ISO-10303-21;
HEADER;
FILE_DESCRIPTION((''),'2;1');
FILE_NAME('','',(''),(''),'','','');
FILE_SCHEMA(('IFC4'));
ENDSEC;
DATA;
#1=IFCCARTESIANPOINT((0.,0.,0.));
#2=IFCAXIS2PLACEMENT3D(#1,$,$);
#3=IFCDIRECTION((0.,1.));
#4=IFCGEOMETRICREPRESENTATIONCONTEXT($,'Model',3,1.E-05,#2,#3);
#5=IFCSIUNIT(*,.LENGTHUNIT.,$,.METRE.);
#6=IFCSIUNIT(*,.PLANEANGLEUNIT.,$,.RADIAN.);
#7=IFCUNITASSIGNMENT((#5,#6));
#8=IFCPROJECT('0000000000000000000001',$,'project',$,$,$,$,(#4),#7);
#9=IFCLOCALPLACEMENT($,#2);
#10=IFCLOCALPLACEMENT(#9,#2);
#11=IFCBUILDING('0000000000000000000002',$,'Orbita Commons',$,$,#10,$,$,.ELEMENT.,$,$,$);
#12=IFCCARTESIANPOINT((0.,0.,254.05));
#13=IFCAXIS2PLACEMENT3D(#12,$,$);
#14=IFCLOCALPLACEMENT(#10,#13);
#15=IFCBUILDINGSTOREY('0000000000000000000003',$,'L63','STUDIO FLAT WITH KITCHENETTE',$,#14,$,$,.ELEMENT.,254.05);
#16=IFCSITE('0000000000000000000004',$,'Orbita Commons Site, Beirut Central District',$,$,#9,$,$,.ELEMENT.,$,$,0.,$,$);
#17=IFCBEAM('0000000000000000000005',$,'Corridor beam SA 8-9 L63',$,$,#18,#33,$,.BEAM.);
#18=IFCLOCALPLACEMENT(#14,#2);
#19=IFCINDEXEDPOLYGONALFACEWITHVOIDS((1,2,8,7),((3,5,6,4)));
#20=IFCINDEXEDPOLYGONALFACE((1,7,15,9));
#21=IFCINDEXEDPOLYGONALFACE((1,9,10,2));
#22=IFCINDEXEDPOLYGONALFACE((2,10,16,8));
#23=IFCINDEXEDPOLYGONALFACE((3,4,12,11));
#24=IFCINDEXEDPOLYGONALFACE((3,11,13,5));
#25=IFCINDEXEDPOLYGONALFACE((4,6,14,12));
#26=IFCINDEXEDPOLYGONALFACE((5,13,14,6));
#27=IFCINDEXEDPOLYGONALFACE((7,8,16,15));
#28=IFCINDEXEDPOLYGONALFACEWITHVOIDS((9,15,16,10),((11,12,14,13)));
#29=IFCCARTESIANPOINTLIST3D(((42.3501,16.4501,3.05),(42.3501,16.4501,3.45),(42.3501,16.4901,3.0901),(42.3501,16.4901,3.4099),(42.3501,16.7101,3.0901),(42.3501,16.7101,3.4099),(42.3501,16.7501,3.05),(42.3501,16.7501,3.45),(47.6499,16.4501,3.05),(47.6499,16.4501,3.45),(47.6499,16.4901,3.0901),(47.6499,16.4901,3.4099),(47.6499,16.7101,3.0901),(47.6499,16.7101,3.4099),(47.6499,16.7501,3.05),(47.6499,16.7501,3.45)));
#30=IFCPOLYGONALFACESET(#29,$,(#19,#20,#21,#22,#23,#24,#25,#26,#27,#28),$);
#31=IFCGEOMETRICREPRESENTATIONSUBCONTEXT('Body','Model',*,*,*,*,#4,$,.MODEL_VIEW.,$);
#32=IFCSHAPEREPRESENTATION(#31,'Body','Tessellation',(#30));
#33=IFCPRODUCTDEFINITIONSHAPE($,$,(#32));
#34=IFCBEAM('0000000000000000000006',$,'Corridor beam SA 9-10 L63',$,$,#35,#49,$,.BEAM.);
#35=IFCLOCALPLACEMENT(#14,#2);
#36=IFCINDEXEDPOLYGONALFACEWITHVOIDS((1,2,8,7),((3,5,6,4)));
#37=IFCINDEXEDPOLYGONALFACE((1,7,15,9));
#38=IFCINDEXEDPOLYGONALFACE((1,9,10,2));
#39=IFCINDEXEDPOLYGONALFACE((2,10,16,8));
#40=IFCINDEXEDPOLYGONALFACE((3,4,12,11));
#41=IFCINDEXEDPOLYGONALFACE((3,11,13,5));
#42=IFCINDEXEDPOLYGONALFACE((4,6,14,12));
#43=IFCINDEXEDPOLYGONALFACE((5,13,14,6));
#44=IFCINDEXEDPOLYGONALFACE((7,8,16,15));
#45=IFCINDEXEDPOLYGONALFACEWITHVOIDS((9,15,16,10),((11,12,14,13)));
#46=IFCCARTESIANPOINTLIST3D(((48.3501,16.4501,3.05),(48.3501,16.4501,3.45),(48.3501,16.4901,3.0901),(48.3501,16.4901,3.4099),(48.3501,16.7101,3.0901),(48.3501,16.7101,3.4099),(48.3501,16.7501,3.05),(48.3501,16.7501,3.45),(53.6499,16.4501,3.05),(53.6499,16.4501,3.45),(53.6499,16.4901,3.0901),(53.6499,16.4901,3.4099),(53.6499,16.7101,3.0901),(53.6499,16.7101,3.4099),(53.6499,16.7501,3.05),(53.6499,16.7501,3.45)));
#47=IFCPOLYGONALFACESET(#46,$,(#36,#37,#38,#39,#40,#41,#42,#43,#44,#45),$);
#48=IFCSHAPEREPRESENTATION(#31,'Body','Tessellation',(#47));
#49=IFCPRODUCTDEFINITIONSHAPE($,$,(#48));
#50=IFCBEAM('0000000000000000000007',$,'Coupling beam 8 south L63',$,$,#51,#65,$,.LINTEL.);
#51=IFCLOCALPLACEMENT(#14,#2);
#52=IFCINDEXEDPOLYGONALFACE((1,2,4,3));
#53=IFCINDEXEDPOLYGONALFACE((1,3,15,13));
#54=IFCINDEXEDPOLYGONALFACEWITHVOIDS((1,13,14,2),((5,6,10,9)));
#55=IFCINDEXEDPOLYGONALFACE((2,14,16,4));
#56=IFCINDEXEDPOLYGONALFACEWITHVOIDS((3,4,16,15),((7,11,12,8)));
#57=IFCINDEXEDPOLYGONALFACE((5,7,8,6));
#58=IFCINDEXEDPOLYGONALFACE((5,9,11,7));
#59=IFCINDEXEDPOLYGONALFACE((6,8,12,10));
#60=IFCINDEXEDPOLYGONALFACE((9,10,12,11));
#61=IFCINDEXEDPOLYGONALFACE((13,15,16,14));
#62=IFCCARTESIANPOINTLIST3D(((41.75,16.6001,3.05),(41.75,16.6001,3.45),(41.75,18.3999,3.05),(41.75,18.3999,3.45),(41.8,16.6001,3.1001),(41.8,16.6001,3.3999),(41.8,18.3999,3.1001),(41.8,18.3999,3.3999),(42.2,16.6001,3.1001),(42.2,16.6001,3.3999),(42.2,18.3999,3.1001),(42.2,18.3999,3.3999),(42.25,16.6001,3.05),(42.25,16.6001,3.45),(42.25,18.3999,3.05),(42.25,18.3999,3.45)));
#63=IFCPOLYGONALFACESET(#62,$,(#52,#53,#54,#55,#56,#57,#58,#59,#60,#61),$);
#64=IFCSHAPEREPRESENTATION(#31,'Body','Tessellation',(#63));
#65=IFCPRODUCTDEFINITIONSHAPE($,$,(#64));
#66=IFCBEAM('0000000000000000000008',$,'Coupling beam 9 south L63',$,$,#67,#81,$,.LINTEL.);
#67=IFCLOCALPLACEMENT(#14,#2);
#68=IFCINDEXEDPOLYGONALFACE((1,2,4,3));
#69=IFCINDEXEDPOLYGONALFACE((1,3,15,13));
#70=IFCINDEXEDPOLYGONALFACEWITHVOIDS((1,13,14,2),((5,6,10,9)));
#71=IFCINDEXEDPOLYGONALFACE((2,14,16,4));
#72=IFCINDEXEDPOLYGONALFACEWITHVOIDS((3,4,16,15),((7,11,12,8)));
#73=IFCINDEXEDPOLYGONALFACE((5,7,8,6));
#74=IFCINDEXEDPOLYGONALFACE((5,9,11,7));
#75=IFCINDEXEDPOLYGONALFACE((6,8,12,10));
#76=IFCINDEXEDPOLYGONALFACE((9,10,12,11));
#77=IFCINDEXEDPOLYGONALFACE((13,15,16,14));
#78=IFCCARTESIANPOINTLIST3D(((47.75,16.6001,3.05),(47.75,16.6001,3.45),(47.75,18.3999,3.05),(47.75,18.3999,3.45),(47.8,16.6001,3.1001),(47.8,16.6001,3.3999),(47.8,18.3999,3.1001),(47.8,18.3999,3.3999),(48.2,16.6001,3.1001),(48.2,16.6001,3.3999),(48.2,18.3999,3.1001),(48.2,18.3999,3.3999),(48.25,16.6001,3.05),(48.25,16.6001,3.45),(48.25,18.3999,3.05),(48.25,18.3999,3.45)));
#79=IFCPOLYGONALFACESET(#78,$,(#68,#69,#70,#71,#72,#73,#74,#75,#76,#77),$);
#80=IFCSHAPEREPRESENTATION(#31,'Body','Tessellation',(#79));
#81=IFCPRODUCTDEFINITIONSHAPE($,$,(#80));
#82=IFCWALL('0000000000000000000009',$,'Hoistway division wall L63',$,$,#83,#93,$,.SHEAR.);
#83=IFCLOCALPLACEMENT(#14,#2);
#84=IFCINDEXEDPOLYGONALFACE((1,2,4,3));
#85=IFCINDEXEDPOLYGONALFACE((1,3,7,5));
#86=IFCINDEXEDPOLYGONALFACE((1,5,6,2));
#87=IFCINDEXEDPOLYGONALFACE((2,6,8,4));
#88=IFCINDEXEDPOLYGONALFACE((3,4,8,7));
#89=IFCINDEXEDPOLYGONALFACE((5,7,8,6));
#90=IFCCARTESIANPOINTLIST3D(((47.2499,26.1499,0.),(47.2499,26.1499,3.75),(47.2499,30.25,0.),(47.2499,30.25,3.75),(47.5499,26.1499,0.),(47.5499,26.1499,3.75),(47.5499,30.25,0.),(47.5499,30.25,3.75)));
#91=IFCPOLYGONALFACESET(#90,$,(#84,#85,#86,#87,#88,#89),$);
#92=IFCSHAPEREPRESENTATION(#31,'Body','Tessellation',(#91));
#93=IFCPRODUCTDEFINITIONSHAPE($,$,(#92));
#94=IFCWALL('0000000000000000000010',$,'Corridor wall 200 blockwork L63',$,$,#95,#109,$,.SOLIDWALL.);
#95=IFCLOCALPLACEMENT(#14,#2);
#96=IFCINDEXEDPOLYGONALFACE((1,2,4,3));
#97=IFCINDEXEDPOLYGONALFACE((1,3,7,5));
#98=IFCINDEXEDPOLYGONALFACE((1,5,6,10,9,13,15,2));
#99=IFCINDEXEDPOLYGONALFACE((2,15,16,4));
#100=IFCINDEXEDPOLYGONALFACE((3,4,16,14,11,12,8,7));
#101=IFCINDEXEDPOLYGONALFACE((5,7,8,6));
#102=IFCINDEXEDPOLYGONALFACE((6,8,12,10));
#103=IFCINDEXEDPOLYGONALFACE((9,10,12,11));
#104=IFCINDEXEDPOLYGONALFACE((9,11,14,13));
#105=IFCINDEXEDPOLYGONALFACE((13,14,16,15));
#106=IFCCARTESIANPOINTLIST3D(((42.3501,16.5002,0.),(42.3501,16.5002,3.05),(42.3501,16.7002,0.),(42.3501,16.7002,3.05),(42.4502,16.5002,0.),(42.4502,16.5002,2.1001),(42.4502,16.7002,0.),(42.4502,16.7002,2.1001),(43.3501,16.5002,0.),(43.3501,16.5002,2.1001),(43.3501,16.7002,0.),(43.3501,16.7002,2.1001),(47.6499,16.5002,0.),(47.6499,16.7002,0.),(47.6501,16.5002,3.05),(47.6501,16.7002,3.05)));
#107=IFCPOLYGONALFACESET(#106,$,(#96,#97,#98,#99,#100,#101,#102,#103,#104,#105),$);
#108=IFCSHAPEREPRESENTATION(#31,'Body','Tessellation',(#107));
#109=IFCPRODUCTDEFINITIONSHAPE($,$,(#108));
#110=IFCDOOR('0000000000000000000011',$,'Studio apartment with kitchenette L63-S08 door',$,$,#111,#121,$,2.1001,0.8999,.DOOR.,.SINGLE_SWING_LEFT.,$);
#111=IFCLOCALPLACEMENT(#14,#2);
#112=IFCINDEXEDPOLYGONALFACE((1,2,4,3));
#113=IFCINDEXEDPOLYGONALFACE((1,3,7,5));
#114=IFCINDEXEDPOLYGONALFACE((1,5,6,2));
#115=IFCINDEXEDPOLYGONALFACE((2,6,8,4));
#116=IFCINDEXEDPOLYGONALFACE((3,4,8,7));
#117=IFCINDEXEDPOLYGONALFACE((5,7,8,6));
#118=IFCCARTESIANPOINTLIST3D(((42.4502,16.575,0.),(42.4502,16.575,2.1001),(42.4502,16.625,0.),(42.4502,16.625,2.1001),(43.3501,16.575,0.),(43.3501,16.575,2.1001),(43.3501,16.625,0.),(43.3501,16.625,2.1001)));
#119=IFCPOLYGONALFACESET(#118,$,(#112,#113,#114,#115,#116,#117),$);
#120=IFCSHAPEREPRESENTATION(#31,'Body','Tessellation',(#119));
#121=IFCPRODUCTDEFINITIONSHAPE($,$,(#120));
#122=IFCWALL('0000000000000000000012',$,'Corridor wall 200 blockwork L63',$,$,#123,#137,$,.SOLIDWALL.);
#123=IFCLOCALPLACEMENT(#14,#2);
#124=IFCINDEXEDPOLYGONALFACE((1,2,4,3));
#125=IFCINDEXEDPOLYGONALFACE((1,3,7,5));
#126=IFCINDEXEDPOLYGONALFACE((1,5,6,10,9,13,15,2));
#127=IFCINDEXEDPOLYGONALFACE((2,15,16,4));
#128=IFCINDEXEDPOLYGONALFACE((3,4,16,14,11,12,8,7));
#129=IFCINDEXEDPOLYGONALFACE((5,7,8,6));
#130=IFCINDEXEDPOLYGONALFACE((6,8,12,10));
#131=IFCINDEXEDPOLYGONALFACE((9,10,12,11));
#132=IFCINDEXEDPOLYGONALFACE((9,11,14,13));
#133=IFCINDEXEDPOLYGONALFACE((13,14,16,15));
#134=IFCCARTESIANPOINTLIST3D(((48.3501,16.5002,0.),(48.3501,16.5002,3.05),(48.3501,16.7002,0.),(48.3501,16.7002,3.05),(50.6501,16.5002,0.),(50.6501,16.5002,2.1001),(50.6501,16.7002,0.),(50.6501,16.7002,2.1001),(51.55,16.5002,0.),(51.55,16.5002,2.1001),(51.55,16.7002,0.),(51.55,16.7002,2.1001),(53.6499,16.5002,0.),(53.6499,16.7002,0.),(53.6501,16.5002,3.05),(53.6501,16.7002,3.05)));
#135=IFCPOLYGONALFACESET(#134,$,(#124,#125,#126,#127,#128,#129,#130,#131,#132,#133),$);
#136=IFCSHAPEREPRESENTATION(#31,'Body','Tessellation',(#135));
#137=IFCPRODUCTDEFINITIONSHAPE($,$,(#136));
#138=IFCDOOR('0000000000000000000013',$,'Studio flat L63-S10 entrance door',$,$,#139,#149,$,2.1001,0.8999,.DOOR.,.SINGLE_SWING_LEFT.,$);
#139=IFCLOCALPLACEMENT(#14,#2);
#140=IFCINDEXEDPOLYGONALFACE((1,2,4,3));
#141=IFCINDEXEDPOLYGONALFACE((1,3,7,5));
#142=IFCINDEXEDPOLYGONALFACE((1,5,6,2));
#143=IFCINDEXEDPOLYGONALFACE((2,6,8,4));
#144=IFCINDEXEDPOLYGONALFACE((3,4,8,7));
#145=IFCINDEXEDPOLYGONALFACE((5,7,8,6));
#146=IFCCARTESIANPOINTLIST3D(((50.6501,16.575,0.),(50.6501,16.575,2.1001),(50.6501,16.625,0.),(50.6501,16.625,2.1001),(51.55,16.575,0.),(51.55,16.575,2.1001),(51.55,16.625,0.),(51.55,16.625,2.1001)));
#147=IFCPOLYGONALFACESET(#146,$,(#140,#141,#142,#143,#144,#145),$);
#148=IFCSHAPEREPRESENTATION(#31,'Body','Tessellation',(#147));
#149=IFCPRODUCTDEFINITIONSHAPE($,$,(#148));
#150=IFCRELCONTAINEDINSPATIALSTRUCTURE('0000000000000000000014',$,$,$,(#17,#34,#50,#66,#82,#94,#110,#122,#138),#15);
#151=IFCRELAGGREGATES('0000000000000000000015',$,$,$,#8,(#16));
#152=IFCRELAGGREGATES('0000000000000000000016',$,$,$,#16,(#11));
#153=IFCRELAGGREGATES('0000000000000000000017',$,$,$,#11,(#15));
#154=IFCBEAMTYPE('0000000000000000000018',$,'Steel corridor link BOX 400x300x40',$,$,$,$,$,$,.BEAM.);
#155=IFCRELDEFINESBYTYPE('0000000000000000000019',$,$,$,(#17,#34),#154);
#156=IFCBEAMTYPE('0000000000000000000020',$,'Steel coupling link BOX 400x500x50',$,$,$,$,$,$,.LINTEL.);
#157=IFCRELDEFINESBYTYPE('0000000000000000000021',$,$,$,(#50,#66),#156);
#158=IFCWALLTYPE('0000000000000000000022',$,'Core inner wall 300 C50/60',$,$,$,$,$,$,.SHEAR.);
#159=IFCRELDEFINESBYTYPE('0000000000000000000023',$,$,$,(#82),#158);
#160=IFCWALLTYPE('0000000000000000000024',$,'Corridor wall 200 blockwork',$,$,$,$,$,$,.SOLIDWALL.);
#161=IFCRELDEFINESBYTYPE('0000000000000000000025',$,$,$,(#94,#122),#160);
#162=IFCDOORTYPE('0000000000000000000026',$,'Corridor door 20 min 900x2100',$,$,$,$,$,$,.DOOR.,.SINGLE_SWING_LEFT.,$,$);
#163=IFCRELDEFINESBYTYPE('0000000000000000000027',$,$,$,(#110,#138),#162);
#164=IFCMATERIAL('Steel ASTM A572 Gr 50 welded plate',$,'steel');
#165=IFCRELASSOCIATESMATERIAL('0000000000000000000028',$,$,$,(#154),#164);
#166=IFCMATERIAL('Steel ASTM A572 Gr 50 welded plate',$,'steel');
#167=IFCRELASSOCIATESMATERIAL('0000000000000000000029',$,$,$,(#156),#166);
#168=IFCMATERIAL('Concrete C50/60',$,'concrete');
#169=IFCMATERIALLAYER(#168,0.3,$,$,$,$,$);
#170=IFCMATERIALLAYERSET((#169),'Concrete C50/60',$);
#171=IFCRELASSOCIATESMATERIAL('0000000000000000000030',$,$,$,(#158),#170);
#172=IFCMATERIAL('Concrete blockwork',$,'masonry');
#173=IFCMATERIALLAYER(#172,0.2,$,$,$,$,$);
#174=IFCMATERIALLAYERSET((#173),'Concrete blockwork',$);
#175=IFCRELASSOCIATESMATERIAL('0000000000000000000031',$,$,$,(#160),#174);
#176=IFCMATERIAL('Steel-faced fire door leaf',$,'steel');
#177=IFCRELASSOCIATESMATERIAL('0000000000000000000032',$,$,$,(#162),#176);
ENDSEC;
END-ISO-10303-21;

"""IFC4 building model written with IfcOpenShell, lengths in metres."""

from ifc_helpers import new_model, si_unit, direction, frame, frame_2d, origin, origin_2d, place, context, subcontext, project, spatial, polyline, rectangle, hollow_rectangle, outline, extrude, material, layer, layer_set, material_profile, profile_set, type_object, element, fill, save


model = new_model("IFC4")

# Units and contexts
model_context = context("Model", 3, precision=1e-05, world=origin(), true_north=direction((0.0, 1.0)))
body_context = subcontext(model_context, "Body", "Model", "MODEL_VIEW")
ifc_project = project(units=[si_unit("LENGTHUNIT", "METRE"), si_unit("PLANEANGLEUNIT", "RADIAN")], contexts=[model_context])

# Site, building, storey
site_placement = place(None, origin())
site = spatial("IfcSite", under=ifc_project, at=site_placement, Name="Orbita Commons Site, Beirut Central District", CompositionType="ELEMENT", RefElevation=0.0)
building_placement = place(site_placement, origin())
building = spatial("IfcBuilding", under=site, at=building_placement, Name="Orbita Commons", CompositionType="ELEMENT")
storey_placement = place(building_placement, frame((0.0, 0.0, 254.05)))
storey = spatial("IfcBuildingStorey", under=building, at=storey_placement, Name="L63", Description="STUDIO FLAT WITH KITCHENETTE", CompositionType="ELEMENT", Elevation=254.05)

# Beams
ifc_material_1 = material(Name="Steel ASTM A572 Gr 50 welded plate", Category="steel")
ifc_material_profile_1 = material_profile(ifc_material_1, hollow_rectangle(XDim=0.3, YDim=0.3999, WallThickness=0.04, at=origin_2d()), Name="BOX 400x300x40")
ifc_profile_set_1 = profile_set([ifc_material_profile_1], Name="Steel ASTM A572 Gr 50 welded plate")
beam_type_1 = type_object("IfcBeamType", Name="Steel corridor link BOX 400x300x40", PredefinedType="BEAM", material=ifc_profile_set_1)
for number, where, z_axis, x_axis, name in (
    (1, (42.3501, 16.6001, 3.25), (1.0, 0.0, 0.0), (0.0, 1.0, 0.0), "Corridor beam SA 8-9 L63"),
    (2, (48.3501, 16.6001, 3.25), (1.0, 0.0, 0.0), (0.0, 1.0, 0.0), "Corridor beam SA 9-10 L63"),
):
    element("IfcBeam", number, at=place(storey_placement, frame(where, z_axis=z_axis, x_axis=x_axis)), inside=storey, type_object=beam_type_1, Name=name, PredefinedType="BEAM", context=body_context, shape_type="SweptSolid", body=[
        extrude(hollow_rectangle(XDim=0.3, YDim=0.3999, WallThickness=0.04, at=origin_2d()), origin(), (0.0, 0.0, 1.0), 5.2998),
    ])
ifc_material_2 = material(Name="Steel ASTM A572 Gr 50 welded plate", Category="steel")
ifc_material_profile_2 = material_profile(ifc_material_2, hollow_rectangle(XDim=0.5, YDim=0.3999, WallThickness=0.05, at=origin_2d()), Name="BOX 400x500x50")
ifc_profile_set_2 = profile_set([ifc_material_profile_2], Name="Steel ASTM A572 Gr 50 welded plate")
beam_type_2 = type_object("IfcBeamType", Name="Steel coupling link BOX 400x500x50", PredefinedType="LINTEL", material=ifc_profile_set_2)
for number, where, z_axis, x_axis, name in (
    (3, (42.0, 16.6001, 3.25), (0.0, 1.0, 0.0), (-1.0, 0.0, 0.0), "Coupling beam 8 south L63"),
    (4, (48.0, 16.6001, 3.25), (0.0, 1.0, 0.0), (-1.0, 0.0, 0.0), "Coupling beam 9 south L63"),
):
    element("IfcBeam", number, at=place(storey_placement, frame(where, z_axis=z_axis, x_axis=x_axis)), inside=storey, type_object=beam_type_2, Name=name, PredefinedType="LINTEL", context=body_context, shape_type="SweptSolid", body=[
        extrude(hollow_rectangle(XDim=0.5, YDim=0.3999, WallThickness=0.05, at=origin_2d()), origin(), (0.0, 0.0, 1.0), 1.7998),
    ])

# Wall
ifc_material_3 = material(Name="Concrete C50/60", Category="concrete")
ifc_layer_1 = layer(ifc_material_3, 0.3)
ifc_layer_set_1 = layer_set([ifc_layer_1], Name="Concrete C50/60")
wall_type_1 = type_object("IfcWallType", Name="Core inner wall 300 C50/60", PredefinedType="SHEAR", material=ifc_layer_set_1)
wall_1_placement = place(storey_placement, frame((47.3999, 26.1499, 0.0), z_axis=(0.0, 0.0, 1.0), x_axis=(0.0, 1.0, 0.0)))
element("IfcWall", 5, at=wall_1_placement, inside=storey, type_object=wall_type_1, Name="Hoistway division wall L63", PredefinedType="SHEAR", context=body_context, shape_type="SweptSolid", body=[
    extrude(rectangle(XDim=4.1001, YDim=0.3, at=frame_2d((2.05, 0.0))), origin(), (0.0, 0.0, 1.0), 3.75),
])

# Walls, openings, doors
ifc_material_4 = material(Name="Concrete blockwork", Category="masonry")
ifc_layer_2 = layer(ifc_material_4, 0.2)
ifc_layer_set_2 = layer_set([ifc_layer_2], Name="Concrete blockwork")
wall_type_2 = type_object("IfcWallType", Name="Corridor wall 200 blockwork", PredefinedType="SOLIDWALL", material=ifc_layer_set_2)
wall_2_placement = place(storey_placement, frame((42.3501, 16.6001, 0.0), z_axis=(0.0, 0.0, 1.0), x_axis=(1.0, 0.0, 0.0)))
wall_2 = element("IfcWall", 6, at=wall_2_placement, inside=storey, type_object=wall_type_2, Name="Corridor wall 200 blockwork L63", PredefinedType="SOLIDWALL", context=body_context, shape_type="SweptSolid", body=[
    extrude(outline(polyline([(0.0, 0.0), (5.2998, 0.0), (5.3, 3.05), (0.0, 3.05), (0.0, 0.0)])), frame((0.0, 0.1001, 0.0), z_axis=(0.0, -1.0, 0.0), x_axis=(1.0, 0.0, 0.0)), (0.0, 0.0, 1.0), 0.2),
])
opening_1_placement = place(wall_2_placement, frame((0.1001, 0.0, 0.0)))
opening_1 = element("IfcOpeningElement", 7, at=opening_1_placement, cuts=wall_2, PredefinedType="OPENING", context=body_context, shape_type="SweptSolid", body=[
    extrude(rectangle(XDim=0.8999, YDim=2.1001, at=frame_2d((0.45, 1.05))), frame((0.0, 0.1099, 0.0), z_axis=(0.0, -1.0, 0.0), x_axis=(1.0, 0.0, 0.0)), (0.0, 0.0, 1.0), 0.22),
])
ifc_material_5 = material(Name="Steel-faced fire door leaf", Category="steel")
door_type_1 = type_object("IfcDoorType", Name="Corridor door 20 min 900x2100", OperationType="SINGLE_SWING_LEFT", PredefinedType="DOOR", material=ifc_material_5)
door_1_placement = place(opening_1_placement, origin())
door_1 = element("IfcDoor", 8, at=door_1_placement, inside=storey, type_object=door_type_1, Name="Studio apartment with kitchenette L63-S08 door", OperationType="SINGLE_SWING_LEFT", OverallHeight=2.1001, OverallWidth=0.8999, PredefinedType="DOOR", context=body_context, shape_type="SweptSolid", body=[
    extrude(rectangle(XDim=0.8999, YDim=2.1001, at=frame_2d((0.45, 1.05))), frame((0.0, 0.0249, 0.0), z_axis=(0.0, -1.0, 0.0), x_axis=(1.0, 0.0, 0.0)), (0.0, 0.0, 1.0), 0.05),
])
fill(opening_1, door_1)
wall_3_placement = place(storey_placement, frame((48.3501, 16.6001, 0.0), z_axis=(0.0, 0.0, 1.0), x_axis=(1.0, 0.0, 0.0)))
wall_3 = element("IfcWall", 9, at=wall_3_placement, inside=storey, type_object=wall_type_2, Name="Corridor wall 200 blockwork L63", PredefinedType="SOLIDWALL", context=body_context, shape_type="SweptSolid", body=[
    extrude(outline(polyline([(0.0, 0.0), (5.2998, 0.0), (5.3, 3.05), (0.0, 3.05), (0.0, 0.0)])), frame((0.0, 0.1001, 0.0), z_axis=(0.0, -1.0, 0.0), x_axis=(1.0, 0.0, 0.0)), (0.0, 0.0, 1.0), 0.2),
])
opening_2_placement = place(wall_3_placement, frame((2.3, 0.0, 0.0)))
opening_2 = element("IfcOpeningElement", 10, at=opening_2_placement, cuts=wall_3, PredefinedType="OPENING", context=body_context, shape_type="SweptSolid", body=[
    extrude(rectangle(XDim=0.8999, YDim=2.1001, at=frame_2d((0.45, 1.05))), frame((0.0, 0.1099, 0.0), z_axis=(0.0, -1.0, 0.0), x_axis=(1.0, 0.0, 0.0)), (0.0, 0.0, 1.0), 0.22),
])
door_2_placement = place(opening_2_placement, origin())
door_2 = element("IfcDoor", 11, at=door_2_placement, inside=storey, type_object=door_type_1, Name="Studio flat L63-S10 entrance door", OperationType="SINGLE_SWING_LEFT", OverallHeight=2.1001, OverallWidth=0.8999, PredefinedType="DOOR", context=body_context, shape_type="SweptSolid", body=[
    extrude(rectangle(XDim=0.8999, YDim=2.1001, at=frame_2d((0.45, 1.05))), frame((0.0, 0.0249, 0.0), z_axis=(0.0, -1.0, 0.0), x_axis=(1.0, 0.0, 0.0)), (0.0, 0.0, 1.0), 0.05),
])
fill(opening_2, door_2)

save(model, "model.ifc")
